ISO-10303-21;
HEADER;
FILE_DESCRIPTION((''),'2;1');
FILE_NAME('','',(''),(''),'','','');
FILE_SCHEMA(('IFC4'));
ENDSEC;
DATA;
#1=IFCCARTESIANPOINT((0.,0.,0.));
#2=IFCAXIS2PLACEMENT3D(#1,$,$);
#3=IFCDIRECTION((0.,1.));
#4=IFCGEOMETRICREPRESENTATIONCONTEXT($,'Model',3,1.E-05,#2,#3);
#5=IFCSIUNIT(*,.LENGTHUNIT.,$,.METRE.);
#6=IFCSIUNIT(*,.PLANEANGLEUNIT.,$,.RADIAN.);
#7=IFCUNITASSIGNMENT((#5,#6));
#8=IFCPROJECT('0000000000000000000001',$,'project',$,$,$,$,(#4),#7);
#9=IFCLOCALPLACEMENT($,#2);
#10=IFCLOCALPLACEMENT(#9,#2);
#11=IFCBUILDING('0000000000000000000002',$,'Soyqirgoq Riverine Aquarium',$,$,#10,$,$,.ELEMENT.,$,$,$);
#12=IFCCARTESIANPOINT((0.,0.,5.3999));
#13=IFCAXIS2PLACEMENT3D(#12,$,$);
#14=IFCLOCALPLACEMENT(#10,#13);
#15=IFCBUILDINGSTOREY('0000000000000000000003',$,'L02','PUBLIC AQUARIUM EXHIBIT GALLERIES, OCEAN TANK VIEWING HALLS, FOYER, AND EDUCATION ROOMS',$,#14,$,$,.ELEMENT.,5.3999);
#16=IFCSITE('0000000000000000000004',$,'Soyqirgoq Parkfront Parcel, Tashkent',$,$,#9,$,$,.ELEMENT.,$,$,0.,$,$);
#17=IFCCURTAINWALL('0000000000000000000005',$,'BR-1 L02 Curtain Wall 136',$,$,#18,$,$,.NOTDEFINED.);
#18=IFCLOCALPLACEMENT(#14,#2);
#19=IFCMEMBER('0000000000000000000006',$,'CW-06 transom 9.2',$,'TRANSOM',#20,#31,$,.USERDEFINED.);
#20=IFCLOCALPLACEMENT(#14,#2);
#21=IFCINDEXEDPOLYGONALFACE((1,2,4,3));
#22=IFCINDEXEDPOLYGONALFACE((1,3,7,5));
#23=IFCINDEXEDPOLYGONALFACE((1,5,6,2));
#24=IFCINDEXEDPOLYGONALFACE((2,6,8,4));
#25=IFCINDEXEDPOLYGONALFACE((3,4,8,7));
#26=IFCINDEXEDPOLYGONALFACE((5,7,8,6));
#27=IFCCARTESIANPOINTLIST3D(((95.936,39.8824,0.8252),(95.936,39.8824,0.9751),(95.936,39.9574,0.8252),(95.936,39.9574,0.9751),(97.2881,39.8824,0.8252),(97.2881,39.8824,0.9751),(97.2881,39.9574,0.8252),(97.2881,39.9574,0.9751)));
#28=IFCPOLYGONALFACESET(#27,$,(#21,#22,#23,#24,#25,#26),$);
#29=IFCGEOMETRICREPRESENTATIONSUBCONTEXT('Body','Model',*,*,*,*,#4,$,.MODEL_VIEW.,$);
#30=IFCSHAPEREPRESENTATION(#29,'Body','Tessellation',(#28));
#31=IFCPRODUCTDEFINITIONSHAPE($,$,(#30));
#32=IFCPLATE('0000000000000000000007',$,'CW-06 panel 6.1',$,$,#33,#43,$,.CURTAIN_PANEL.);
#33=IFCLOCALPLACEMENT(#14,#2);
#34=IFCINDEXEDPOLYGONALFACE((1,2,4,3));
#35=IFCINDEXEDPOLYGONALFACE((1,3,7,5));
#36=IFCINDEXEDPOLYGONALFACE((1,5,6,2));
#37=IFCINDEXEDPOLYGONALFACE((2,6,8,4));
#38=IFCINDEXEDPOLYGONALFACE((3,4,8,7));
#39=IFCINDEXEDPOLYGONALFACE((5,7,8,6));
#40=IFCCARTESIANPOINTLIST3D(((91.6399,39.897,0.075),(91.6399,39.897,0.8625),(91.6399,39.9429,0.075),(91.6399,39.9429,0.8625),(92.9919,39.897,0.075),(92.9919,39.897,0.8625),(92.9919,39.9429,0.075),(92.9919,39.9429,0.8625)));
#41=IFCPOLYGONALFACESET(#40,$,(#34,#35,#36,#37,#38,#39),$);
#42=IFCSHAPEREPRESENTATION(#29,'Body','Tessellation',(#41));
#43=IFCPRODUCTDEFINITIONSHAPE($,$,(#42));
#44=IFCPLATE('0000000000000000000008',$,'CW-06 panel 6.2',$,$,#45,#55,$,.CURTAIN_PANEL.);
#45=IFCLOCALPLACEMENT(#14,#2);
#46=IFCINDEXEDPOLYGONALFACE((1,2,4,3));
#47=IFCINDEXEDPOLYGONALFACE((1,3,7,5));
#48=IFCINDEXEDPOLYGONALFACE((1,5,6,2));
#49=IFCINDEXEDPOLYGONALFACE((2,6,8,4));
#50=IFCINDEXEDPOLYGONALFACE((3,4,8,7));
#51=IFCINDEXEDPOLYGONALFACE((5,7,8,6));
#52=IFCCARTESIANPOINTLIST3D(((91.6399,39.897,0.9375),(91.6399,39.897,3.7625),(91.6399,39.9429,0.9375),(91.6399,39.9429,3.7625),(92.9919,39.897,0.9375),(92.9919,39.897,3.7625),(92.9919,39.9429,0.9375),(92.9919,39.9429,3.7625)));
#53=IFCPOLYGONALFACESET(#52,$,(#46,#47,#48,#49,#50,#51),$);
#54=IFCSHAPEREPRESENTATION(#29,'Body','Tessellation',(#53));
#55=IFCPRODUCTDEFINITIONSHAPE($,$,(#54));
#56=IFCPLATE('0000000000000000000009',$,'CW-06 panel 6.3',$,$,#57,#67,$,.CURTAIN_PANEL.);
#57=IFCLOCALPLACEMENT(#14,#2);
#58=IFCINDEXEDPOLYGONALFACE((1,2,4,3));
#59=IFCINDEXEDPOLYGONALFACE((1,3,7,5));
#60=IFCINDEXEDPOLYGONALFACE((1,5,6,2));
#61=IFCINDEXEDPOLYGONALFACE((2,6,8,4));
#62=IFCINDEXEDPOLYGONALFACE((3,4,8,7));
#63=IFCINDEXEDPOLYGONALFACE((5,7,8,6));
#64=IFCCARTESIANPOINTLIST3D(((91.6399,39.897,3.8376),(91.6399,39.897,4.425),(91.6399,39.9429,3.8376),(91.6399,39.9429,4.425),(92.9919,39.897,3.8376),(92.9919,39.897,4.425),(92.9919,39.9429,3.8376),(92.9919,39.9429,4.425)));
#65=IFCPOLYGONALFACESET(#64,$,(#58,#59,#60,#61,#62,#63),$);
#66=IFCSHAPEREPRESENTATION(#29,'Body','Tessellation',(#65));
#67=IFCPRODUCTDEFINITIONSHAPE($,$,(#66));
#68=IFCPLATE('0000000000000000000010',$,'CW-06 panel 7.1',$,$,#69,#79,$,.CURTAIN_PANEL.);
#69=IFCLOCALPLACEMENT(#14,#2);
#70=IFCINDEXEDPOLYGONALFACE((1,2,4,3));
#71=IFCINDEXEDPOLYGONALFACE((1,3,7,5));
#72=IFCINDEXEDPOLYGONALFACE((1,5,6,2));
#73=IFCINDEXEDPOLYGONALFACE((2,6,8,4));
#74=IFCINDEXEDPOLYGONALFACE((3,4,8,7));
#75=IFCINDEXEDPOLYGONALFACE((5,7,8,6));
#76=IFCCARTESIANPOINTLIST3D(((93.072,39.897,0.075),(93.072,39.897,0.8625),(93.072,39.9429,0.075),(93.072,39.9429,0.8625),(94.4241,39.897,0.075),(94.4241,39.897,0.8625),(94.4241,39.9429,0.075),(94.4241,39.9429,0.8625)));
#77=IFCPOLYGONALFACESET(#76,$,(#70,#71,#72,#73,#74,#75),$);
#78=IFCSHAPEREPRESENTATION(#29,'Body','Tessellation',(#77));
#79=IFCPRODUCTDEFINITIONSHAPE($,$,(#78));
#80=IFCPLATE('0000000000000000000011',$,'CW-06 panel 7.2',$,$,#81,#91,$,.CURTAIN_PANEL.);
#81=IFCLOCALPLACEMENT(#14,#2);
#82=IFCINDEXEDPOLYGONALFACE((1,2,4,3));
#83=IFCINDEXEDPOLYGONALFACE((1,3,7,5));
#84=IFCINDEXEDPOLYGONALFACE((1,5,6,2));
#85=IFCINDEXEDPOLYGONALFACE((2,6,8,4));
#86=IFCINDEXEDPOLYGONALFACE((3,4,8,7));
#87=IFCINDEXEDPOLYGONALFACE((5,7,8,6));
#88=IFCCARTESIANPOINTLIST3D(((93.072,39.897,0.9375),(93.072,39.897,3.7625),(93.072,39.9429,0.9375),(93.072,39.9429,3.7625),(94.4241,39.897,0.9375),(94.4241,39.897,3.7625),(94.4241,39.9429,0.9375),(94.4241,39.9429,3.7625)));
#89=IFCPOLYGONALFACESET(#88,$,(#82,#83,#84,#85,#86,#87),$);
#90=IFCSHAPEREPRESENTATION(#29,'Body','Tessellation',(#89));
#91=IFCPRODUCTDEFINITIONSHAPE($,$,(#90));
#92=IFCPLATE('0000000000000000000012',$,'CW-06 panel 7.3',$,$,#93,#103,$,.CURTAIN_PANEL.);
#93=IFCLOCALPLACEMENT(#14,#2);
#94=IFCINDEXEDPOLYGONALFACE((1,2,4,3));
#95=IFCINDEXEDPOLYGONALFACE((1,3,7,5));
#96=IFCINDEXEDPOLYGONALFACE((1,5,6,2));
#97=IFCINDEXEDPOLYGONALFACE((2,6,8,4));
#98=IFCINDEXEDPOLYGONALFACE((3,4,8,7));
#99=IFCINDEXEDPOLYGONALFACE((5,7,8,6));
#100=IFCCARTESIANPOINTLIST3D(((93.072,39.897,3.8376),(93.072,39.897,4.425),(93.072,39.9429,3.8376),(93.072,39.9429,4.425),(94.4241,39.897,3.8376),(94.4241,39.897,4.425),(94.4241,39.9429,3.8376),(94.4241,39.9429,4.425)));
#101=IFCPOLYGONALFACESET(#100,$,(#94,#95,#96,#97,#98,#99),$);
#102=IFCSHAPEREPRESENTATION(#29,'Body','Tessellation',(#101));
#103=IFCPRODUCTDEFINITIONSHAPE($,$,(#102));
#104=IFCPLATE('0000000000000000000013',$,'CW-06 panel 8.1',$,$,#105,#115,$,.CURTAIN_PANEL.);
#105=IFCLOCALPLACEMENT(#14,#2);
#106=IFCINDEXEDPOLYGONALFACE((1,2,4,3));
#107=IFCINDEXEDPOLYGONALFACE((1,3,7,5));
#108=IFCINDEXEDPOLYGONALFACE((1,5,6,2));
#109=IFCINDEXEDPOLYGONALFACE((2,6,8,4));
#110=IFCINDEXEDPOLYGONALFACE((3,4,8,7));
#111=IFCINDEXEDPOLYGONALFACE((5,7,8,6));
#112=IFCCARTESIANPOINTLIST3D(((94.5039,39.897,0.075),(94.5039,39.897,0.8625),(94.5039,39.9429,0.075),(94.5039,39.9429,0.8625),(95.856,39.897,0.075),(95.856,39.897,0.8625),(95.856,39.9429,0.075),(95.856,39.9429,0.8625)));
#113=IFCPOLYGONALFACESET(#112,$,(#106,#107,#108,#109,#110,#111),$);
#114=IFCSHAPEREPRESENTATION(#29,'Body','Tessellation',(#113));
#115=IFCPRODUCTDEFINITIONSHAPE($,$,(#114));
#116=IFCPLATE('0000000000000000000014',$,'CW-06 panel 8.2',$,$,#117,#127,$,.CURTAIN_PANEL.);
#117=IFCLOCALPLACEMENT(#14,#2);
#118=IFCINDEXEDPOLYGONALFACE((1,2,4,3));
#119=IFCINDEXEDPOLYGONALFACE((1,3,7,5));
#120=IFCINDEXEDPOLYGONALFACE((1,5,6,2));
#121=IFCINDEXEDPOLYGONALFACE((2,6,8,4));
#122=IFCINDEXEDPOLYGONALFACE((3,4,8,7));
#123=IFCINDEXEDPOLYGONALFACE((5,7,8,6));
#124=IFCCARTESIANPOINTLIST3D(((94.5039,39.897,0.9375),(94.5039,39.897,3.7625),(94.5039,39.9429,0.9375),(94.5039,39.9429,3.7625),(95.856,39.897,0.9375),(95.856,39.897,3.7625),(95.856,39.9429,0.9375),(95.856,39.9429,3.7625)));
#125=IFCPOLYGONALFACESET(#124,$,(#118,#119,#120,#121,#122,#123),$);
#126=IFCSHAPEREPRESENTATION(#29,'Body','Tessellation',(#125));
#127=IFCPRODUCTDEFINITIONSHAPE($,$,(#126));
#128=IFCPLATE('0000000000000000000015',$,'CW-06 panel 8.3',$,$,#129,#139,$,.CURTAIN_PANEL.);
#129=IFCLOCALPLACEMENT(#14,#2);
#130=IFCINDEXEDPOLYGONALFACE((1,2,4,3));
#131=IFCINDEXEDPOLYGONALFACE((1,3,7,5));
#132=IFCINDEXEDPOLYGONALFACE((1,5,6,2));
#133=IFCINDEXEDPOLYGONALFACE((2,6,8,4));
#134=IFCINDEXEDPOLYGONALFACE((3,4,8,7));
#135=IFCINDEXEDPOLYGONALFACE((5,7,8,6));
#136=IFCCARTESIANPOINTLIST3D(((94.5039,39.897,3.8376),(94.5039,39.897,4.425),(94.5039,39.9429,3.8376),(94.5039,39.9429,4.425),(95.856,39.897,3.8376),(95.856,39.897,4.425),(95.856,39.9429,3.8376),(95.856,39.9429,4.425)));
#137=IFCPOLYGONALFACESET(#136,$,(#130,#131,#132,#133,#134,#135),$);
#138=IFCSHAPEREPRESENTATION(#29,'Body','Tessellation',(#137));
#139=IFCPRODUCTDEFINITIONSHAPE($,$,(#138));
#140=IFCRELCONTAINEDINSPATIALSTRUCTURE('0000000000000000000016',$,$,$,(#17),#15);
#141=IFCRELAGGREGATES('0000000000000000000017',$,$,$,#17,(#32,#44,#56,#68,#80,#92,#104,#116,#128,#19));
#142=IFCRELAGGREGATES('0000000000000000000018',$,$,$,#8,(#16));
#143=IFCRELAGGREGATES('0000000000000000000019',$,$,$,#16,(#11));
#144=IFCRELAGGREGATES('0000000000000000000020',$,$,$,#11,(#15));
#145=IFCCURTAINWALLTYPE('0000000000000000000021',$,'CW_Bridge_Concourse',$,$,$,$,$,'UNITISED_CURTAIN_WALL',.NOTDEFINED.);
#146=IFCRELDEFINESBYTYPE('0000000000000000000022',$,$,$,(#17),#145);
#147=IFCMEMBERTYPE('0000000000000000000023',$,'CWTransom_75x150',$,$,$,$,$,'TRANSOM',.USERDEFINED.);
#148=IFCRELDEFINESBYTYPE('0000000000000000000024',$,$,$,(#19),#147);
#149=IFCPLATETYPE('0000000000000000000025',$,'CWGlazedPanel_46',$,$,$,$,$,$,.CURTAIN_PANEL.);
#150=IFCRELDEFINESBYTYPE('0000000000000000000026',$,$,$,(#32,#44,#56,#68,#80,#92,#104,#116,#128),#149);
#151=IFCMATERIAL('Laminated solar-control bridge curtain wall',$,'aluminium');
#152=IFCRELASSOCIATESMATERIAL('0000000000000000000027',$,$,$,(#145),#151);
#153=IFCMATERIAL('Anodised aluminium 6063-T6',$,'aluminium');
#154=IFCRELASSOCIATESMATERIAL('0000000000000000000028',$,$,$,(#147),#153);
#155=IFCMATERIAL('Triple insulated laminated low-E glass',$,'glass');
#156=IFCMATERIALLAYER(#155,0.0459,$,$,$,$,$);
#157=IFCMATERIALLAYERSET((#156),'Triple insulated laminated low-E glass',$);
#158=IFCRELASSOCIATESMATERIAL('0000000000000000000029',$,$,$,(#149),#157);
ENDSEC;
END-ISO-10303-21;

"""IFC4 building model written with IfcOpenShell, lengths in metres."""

from ifc_helpers import new_model, si_unit, direction, frame, origin, origin_2d, place, context, subcontext, project, spatial, rectangle, extrude, material, layer, layer_set, material_profile, profile_set, type_object, element, aggregate, save


model = new_model("IFC4")

# Units and contexts
model_context = context("Model", 3, precision=1e-05, world=origin(), true_north=direction((0.0, 1.0)))
body_context = subcontext(model_context, "Body", "Model", "MODEL_VIEW")
ifc_project = project(units=[si_unit("LENGTHUNIT", "METRE"), si_unit("PLANEANGLEUNIT", "RADIAN")], contexts=[model_context])

# Site, building, storey
site_placement = place(None, origin())
site = spatial("IfcSite", under=ifc_project, at=site_placement, Name="Soyqirgoq Parkfront Parcel, Tashkent", CompositionType="ELEMENT", RefElevation=0.0)
building_placement = place(site_placement, origin())
building = spatial("IfcBuilding", under=site, at=building_placement, Name="Soyqirgoq Riverine Aquarium", CompositionType="ELEMENT")
storey_placement = place(building_placement, frame((0.0, 0.0, 5.3999)))
storey = spatial("IfcBuildingStorey", under=building, at=storey_placement, Name="L02", Description="PUBLIC AQUARIUM EXHIBIT GALLERIES, OCEAN TANK VIEWING HALLS, FOYER, AND EDUCATION ROOMS", CompositionType="ELEMENT", Elevation=5.3999)

# Curtain wall, member, plates
ifc_material_1 = material(Name="Laminated solar-control bridge curtain wall", Category="aluminium")
curtain_wall_type = type_object("IfcCurtainWallType", Name="CW_Bridge_Concourse", ElementType="UNITISED_CURTAIN_WALL", PredefinedType="NOTDEFINED", material=ifc_material_1)
curtain_wall_placement = place(storey_placement, origin())
curtain_wall = element("IfcCurtainWall", 1, at=curtain_wall_placement, inside=storey, type_object=curtain_wall_type, Name="BR-1 L02 Curtain Wall 136", PredefinedType="NOTDEFINED")
ifc_material_2 = material(Name="Anodised aluminium 6063-T6", Category="aluminium")
ifc_material_profile_1 = material_profile(ifc_material_2, rectangle(XDim=0.075, YDim=0.1499, at=origin_2d()), Name="ALU-T 75x150")
ifc_profile_set_1 = profile_set([ifc_material_profile_1], Name="Anodised aluminium 6063-T6")
member_type_1 = type_object("IfcMemberType", Name="CWTransom_75x150", ElementType="TRANSOM", PredefinedType="USERDEFINED", material=ifc_profile_set_1)
member_1_placement = place(storey_placement, frame((95.936, 39.9199, 0.9001), z_axis=(1.0, 0.0, 0.0), x_axis=(0.0, 1.0, 0.0)))
member_1 = element("IfcMember", 2, at=member_1_placement, type_object=member_type_1, Name="CW-06 transom 9.2", ObjectType="TRANSOM", PredefinedType="USERDEFINED", context=body_context, shape_type="SweptSolid", body=[
    extrude(rectangle(XDim=0.075, YDim=0.1499, at=origin_2d()), origin(), (0.0, 0.0, 1.0), 1.3521),
])
ifc_material_3 = material(Name="Triple insulated laminated low-E glass", Category="glass")
ifc_layer = layer(ifc_material_3, 0.0459)
ifc_layer_set = layer_set([ifc_layer], Name="Triple insulated laminated low-E glass")
plate_type = type_object("IfcPlateType", Name="CWGlazedPanel_46", PredefinedType="CURTAIN_PANEL", material=ifc_layer_set)
plate_1_placement = place(storey_placement, frame((92.3159, 39.9199, 0.075), z_axis=(0.0, 0.0, 1.0), x_axis=(1.0, 0.0, 0.0)))
plate_1 = element("IfcPlate", 3, at=plate_1_placement, type_object=plate_type, Name="CW-06 panel 6.1", PredefinedType="CURTAIN_PANEL", context=body_context, shape_type="SweptSolid", body=[
    extrude(rectangle(XDim=1.3521, YDim=0.0459, at=origin_2d()), origin(), (0.0, 0.0, 1.0), 0.7876),
])
plate_2_placement = place(storey_placement, frame((92.3159, 39.9199, 0.9375), z_axis=(0.0, 0.0, 1.0), x_axis=(1.0, 0.0, 0.0)))
plate_2 = element("IfcPlate", 4, at=plate_2_placement, type_object=plate_type, Name="CW-06 panel 6.2", PredefinedType="CURTAIN_PANEL", context=body_context, shape_type="SweptSolid", body=[
    extrude(rectangle(XDim=1.3521, YDim=0.0459, at=origin_2d()), origin(), (0.0, 0.0, 1.0), 2.825),
])
plate_3_placement = place(storey_placement, frame((92.3159, 39.9199, 3.8376), z_axis=(0.0, 0.0, 1.0), x_axis=(1.0, 0.0, 0.0)))
plate_3 = element("IfcPlate", 5, at=plate_3_placement, type_object=plate_type, Name="CW-06 panel 6.3", PredefinedType="CURTAIN_PANEL", context=body_context, shape_type="SweptSolid", body=[
    extrude(rectangle(XDim=1.3521, YDim=0.0459, at=origin_2d()), origin(), (0.0, 0.0, 1.0), 0.5874),
])
plate_4_placement = place(storey_placement, frame((93.748, 39.9199, 0.075), z_axis=(0.0, 0.0, 1.0), x_axis=(1.0, 0.0, 0.0)))
plate_4 = element("IfcPlate", 6, at=plate_4_placement, type_object=plate_type, Name="CW-06 panel 7.1", PredefinedType="CURTAIN_PANEL", context=body_context, shape_type="SweptSolid", body=[
    extrude(rectangle(XDim=1.3521, YDim=0.0459, at=origin_2d()), origin(), (0.0, 0.0, 1.0), 0.7876),
])
plate_5_placement = place(storey_placement, frame((93.748, 39.9199, 0.9375), z_axis=(0.0, 0.0, 1.0), x_axis=(1.0, 0.0, 0.0)))
plate_5 = element("IfcPlate", 7, at=plate_5_placement, type_object=plate_type, Name="CW-06 panel 7.2", PredefinedType="CURTAIN_PANEL", context=body_context, shape_type="SweptSolid", body=[
    extrude(rectangle(XDim=1.3521, YDim=0.0459, at=origin_2d()), origin(), (0.0, 0.0, 1.0), 2.825),
])
plate_6_placement = place(storey_placement, frame((93.748, 39.9199, 3.8376), z_axis=(0.0, 0.0, 1.0), x_axis=(1.0, 0.0, 0.0)))
plate_6 = element("IfcPlate", 8, at=plate_6_placement, type_object=plate_type, Name="CW-06 panel 7.3", PredefinedType="CURTAIN_PANEL", context=body_context, shape_type="SweptSolid", body=[
    extrude(rectangle(XDim=1.3521, YDim=0.0459, at=origin_2d()), origin(), (0.0, 0.0, 1.0), 0.5874),
])
plate_7_placement = place(storey_placement, frame((95.1799, 39.9199, 0.075), z_axis=(0.0, 0.0, 1.0), x_axis=(1.0, 0.0, 0.0)))
plate_7 = element("IfcPlate", 9, at=plate_7_placement, type_object=plate_type, Name="CW-06 panel 8.1", PredefinedType="CURTAIN_PANEL", context=body_context, shape_type="SweptSolid", body=[
    extrude(rectangle(XDim=1.3521, YDim=0.0459, at=origin_2d()), origin(), (0.0, 0.0, 1.0), 0.7876),
])
plate_8_placement = place(storey_placement, frame((95.1799, 39.9199, 0.9375), z_axis=(0.0, 0.0, 1.0), x_axis=(1.0, 0.0, 0.0)))
plate_8 = element("IfcPlate", 10, at=plate_8_placement, type_object=plate_type, Name="CW-06 panel 8.2", PredefinedType="CURTAIN_PANEL", context=body_context, shape_type="SweptSolid", body=[
    extrude(rectangle(XDim=1.3521, YDim=0.0459, at=origin_2d()), origin(), (0.0, 0.0, 1.0), 2.825),
])
plate_9_placement = place(storey_placement, frame((95.1799, 39.9199, 3.8376), z_axis=(0.0, 0.0, 1.0), x_axis=(1.0, 0.0, 0.0)))
plate_9 = element("IfcPlate", 11, at=plate_9_placement, type_object=plate_type, Name="CW-06 panel 8.3", PredefinedType="CURTAIN_PANEL", context=body_context, shape_type="SweptSolid", body=[
    extrude(rectangle(XDim=1.3521, YDim=0.0459, at=origin_2d()), origin(), (0.0, 0.0, 1.0), 0.5874),
])
aggregate(curtain_wall, [plate_1, plate_2, plate_3, plate_4, plate_5, plate_6, plate_7, plate_8, plate_9, member_1])

save(model, "model.ifc")
